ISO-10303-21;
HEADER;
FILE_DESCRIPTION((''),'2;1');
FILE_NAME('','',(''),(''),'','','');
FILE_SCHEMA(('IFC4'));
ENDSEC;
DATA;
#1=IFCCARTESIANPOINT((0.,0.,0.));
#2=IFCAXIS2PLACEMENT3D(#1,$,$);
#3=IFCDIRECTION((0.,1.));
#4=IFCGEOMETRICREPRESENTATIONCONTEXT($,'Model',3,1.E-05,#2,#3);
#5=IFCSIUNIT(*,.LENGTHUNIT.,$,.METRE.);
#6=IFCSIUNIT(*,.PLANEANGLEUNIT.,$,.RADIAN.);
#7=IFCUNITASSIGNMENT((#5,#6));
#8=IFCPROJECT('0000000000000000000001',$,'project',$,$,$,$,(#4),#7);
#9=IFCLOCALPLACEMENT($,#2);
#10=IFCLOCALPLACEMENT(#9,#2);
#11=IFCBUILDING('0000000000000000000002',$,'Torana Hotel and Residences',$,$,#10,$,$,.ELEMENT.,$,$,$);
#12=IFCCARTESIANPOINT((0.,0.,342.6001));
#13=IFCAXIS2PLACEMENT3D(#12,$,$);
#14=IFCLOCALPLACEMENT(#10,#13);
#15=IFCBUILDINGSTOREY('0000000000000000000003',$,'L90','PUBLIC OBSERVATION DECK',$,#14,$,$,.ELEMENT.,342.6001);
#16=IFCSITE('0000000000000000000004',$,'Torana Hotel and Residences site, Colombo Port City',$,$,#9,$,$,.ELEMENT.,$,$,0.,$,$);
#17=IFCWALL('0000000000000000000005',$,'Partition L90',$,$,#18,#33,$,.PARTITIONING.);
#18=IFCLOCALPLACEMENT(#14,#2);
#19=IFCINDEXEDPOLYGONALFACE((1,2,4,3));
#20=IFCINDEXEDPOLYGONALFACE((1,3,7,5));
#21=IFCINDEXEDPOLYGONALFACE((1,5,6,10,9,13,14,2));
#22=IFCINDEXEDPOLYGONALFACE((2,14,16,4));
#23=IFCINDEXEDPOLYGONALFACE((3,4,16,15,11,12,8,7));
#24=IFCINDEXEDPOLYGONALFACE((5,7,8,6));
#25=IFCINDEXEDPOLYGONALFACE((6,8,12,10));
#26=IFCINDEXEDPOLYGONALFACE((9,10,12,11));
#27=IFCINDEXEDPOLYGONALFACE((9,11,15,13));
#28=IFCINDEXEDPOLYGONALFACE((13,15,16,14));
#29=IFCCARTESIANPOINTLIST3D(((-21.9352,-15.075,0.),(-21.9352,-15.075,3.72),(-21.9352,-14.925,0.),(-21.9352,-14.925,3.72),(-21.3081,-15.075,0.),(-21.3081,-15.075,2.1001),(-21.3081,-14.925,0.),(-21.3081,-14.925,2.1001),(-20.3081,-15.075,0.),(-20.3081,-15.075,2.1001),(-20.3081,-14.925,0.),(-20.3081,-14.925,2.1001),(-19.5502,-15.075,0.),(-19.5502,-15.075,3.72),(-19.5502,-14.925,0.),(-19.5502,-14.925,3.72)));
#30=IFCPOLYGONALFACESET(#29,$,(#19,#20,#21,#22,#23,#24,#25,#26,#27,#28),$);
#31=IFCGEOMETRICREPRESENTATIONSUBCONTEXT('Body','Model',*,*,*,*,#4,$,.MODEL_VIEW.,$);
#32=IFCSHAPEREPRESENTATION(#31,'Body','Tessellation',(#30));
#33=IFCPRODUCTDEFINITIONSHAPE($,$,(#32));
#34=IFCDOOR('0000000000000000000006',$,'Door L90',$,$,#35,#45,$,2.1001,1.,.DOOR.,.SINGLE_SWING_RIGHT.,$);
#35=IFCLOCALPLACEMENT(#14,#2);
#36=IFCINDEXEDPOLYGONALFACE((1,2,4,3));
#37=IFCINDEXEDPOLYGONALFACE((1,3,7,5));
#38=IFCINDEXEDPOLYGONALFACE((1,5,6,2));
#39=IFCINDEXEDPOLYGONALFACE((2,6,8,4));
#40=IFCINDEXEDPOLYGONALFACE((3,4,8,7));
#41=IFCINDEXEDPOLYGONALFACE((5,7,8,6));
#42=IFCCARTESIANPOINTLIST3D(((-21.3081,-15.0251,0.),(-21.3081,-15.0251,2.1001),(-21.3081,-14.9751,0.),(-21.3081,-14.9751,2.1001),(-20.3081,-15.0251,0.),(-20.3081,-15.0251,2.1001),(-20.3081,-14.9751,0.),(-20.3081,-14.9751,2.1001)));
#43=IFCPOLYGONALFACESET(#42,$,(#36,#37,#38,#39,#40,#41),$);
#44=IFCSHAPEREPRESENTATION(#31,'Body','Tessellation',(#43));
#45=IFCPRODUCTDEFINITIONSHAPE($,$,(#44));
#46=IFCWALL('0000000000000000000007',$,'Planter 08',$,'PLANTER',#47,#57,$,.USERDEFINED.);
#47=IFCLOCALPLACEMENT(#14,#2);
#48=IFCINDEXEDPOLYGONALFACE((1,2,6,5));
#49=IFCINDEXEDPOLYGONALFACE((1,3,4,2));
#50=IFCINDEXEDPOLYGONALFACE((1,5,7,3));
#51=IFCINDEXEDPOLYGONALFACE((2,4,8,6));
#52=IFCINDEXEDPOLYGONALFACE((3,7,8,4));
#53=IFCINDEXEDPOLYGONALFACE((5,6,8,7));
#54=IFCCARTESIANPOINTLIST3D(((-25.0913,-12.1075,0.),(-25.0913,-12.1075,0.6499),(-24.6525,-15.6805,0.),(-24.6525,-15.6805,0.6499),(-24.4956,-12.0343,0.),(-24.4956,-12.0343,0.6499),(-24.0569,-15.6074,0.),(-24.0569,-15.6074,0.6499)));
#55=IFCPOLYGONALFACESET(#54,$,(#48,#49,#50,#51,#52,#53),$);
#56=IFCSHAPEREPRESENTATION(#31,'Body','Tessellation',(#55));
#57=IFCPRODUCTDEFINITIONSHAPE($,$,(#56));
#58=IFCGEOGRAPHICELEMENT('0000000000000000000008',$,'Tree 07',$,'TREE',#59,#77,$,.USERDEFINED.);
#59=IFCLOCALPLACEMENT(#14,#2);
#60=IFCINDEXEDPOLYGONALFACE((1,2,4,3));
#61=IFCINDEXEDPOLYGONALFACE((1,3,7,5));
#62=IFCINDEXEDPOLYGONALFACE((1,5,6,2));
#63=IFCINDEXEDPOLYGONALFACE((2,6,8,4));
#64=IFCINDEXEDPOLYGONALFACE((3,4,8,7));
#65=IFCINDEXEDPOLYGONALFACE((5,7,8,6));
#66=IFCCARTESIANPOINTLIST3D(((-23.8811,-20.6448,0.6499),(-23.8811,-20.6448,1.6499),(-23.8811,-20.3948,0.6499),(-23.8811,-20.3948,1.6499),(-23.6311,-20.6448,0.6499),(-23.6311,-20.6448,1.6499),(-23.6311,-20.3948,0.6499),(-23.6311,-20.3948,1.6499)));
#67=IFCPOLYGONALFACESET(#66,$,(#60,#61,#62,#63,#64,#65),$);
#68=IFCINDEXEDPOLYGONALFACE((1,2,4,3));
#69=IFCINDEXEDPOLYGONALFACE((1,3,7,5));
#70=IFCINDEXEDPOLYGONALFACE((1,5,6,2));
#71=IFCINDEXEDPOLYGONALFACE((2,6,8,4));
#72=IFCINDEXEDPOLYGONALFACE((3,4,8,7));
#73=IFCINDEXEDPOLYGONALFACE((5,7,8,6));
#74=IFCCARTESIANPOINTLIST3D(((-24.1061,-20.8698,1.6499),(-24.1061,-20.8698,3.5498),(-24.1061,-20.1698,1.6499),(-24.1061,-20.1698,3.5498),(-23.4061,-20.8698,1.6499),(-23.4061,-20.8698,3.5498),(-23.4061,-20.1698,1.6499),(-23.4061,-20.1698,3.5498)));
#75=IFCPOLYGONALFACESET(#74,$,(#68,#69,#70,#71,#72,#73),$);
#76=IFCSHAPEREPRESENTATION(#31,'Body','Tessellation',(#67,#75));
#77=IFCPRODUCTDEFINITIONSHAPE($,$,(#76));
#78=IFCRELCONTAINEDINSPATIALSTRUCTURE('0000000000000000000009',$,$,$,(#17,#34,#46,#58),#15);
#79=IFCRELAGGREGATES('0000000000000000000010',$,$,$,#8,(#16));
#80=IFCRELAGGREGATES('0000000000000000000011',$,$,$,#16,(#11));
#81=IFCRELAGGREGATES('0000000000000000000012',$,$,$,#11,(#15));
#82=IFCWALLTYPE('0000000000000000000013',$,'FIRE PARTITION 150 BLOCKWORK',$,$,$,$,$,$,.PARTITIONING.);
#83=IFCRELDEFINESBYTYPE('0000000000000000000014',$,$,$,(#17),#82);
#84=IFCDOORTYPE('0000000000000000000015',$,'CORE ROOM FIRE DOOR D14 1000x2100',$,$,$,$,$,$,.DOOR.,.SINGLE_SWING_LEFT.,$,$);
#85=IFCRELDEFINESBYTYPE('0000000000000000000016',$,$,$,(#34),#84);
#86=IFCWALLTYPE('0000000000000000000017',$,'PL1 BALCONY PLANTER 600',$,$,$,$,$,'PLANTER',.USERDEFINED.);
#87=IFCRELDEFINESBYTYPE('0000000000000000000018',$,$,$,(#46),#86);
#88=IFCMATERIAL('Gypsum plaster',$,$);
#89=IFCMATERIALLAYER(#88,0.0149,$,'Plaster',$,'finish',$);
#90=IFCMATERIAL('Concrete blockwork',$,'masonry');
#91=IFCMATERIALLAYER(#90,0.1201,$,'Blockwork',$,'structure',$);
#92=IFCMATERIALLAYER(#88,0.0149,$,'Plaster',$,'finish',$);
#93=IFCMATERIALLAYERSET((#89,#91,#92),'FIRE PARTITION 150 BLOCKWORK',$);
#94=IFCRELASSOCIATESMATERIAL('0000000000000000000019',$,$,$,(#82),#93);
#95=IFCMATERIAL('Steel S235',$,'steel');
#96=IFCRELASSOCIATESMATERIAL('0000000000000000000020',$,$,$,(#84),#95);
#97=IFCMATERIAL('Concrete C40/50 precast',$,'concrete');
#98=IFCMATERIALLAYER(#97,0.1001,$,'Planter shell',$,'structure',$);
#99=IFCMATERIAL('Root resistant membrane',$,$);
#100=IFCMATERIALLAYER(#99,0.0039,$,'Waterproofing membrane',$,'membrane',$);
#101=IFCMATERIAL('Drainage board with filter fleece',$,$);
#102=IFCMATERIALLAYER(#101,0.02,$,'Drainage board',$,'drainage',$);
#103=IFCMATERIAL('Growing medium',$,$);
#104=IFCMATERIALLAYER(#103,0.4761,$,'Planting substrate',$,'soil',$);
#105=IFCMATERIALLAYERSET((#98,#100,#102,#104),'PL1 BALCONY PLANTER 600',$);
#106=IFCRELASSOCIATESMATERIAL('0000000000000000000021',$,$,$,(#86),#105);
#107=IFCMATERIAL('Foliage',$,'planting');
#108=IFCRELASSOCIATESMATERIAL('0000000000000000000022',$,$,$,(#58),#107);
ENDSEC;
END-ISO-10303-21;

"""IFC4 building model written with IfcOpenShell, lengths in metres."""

from ifc_helpers import new_model, si_unit, direction, frame, frame_2d, origin, origin_2d, place, context, subcontext, project, spatial, rectangle, extrude, material, layer, layer_set, type_object, element, fill, save


model = new_model("IFC4")

# Units and contexts
model_context = context("Model", 3, precision=1e-05, world=origin(), true_north=direction((0.0, 1.0)))
body_context = subcontext(model_context, "Body", "Model", "MODEL_VIEW")
ifc_project = project(units=[si_unit("LENGTHUNIT", "METRE"), si_unit("PLANEANGLEUNIT", "RADIAN")], contexts=[model_context])

# Site, building, storey
site_placement = place(None, origin())
site = spatial("IfcSite", under=ifc_project, at=site_placement, Name="Torana Hotel and Residences site, Colombo Port City", CompositionType="ELEMENT", RefElevation=0.0)
building_placement = place(site_placement, origin())
building = spatial("IfcBuilding", under=site, at=building_placement, Name="Torana Hotel and Residences", CompositionType="ELEMENT")
storey_placement = place(building_placement, frame((0.0, 0.0, 342.6001)))
storey = spatial("IfcBuildingStorey", under=building, at=storey_placement, Name="L90", Description="PUBLIC OBSERVATION DECK", CompositionType="ELEMENT", Elevation=342.6001)

# Shared definitions
ifc_material_1 = material(Name="Gypsum plaster")
ifc_layer_1 = layer(ifc_material_1, 0.0149, Name="Plaster", Category="finish")
ifc_material_2 = material(Name="Concrete blockwork", Category="masonry")
ifc_layer_2 = layer(ifc_material_2, 0.1201, Name="Blockwork", Category="structure")
ifc_layer_3 = layer(ifc_material_1, 0.0149, Name="Plaster", Category="finish")
ifc_layer_set_1 = layer_set([ifc_layer_1, ifc_layer_2, ifc_layer_3], Name="FIRE PARTITION 150 BLOCKWORK")
wall_type_1 = type_object("IfcWallType", Name="FIRE PARTITION 150 BLOCKWORK", PredefinedType="PARTITIONING", material=ifc_layer_set_1)

# Wall, opening, door
wall_1_placement = place(storey_placement, frame((-21.9351, -15.0, 0.0), z_axis=(0.0, 0.0, 1.0), x_axis=(1.0, 0.0, 0.0)))
wall_1 = element("IfcWall", 1, at=wall_1_placement, inside=storey, type_object=wall_type_1, Name="Partition L90", PredefinedType="PARTITIONING", context=body_context, shape_type="SweptSolid", body=[
    extrude(rectangle(XDim=2.385, YDim=0.1499, at=frame_2d((1.1924, 0.0))), origin(), (0.0, 0.0, 1.0), 3.72),
])
opening_1_placement = place(wall_1_placement, frame((0.627, 0.0, 0.0)))
opening_1 = element("IfcOpeningElement", 2, at=opening_1_placement, cuts=wall_1, PredefinedType="OPENING", context=body_context, shape_type="SweptSolid", body=[
    extrude(rectangle(XDim=1.0, YDim=2.1001, at=frame_2d((0.5, 1.05))), frame((0.0, 0.085, 0.0), z_axis=(0.0, -1.0, 0.0), x_axis=(1.0, 0.0, 0.0)), (0.0, 0.0, 1.0), 0.1699),
])
ifc_material_3 = material(Name="Steel S235", Category="steel")
door_type_1 = type_object("IfcDoorType", Name="CORE ROOM FIRE DOOR D14 1000x2100", OperationType="SINGLE_SWING_LEFT", PredefinedType="DOOR", material=ifc_material_3)
door_1_placement = place(opening_1_placement, origin())
door_1 = element("IfcDoor", 3, at=door_1_placement, inside=storey, type_object=door_type_1, Name="Door L90", OperationType="SINGLE_SWING_RIGHT", OverallHeight=2.1001, OverallWidth=1.0, PredefinedType="DOOR", context=body_context, shape_type="SweptSolid", body=[
    extrude(rectangle(XDim=1.0, YDim=2.1001, at=frame_2d((0.5, 1.05))), frame((0.0, 0.0249, 0.0), z_axis=(0.0, -1.0, 0.0), x_axis=(1.0, 0.0, 0.0)), (0.0, 0.0, 1.0), 0.05),
])
fill(opening_1, door_1)

# Wall
ifc_material_4 = material(Name="Concrete C40/50 precast", Category="concrete")
ifc_layer_4 = layer(ifc_material_4, 0.1001, Name="Planter shell", Category="structure")
ifc_material_5 = material(Name="Root resistant membrane")
ifc_layer_5 = layer(ifc_material_5, 0.0039, Name="Waterproofing membrane", Category="membrane")
ifc_material_6 = material(Name="Drainage board with filter fleece")
ifc_layer_6 = layer(ifc_material_6, 0.02, Name="Drainage board", Category="drainage")
ifc_material_7 = material(Name="Growing medium")
ifc_layer_7 = layer(ifc_material_7, 0.4761, Name="Planting substrate", Category="soil")
ifc_layer_set_2 = layer_set([ifc_layer_4, ifc_layer_5, ifc_layer_6, ifc_layer_7], Name="PL1 BALCONY PLANTER 600")
wall_type_2 = type_object("IfcWallType", Name="PL1 BALCONY PLANTER 600", ElementType="PLANTER", PredefinedType="USERDEFINED", material=ifc_layer_set_2)
wall_2_placement = place(storey_placement, frame((-24.3547, -15.6438, 0.0), z_axis=(0.0, 0.0, 1.0), x_axis=(-0.121873, 0.992546, 0.0)))
element("IfcWall", 4, at=wall_2_placement, inside=storey, type_object=wall_type_2, Name="Planter 08", ObjectType="PLANTER", PredefinedType="USERDEFINED", context=body_context, shape_type="SweptSolid", body=[
    extrude(rectangle(XDim=3.5999, YDim=0.6001, at=frame_2d((1.7998, 0.0))), origin(), (0.0, 0.0, 1.0), 0.6499),
])

# Geographic element
ifc_material_8 = material(Name="Foliage", Category="planting")
geographic_element_placement = place(storey_placement, frame((-23.7561, -20.5198, 0.6499), z_axis=(0.0, 0.0, 1.0), x_axis=(1.0, 0.0, 0.0)))
element("IfcGeographicElement", 5, at=geographic_element_placement, inside=storey, material=ifc_material_8, Name="Tree 07", ObjectType="TREE", PredefinedType="USERDEFINED", context=body_context, shape_type="SweptSolid", body=[
    extrude(rectangle(XDim=0.25, YDim=0.25, at=origin_2d()), origin(), (0.0, 0.0, 1.0), 1.0),
    extrude(rectangle(XDim=0.7, YDim=0.7, at=origin_2d()), frame((0.0, 0.0, 1.0)), (0.0, 0.0, 1.0), 1.8999),
])

save(model, "model.ifc")
